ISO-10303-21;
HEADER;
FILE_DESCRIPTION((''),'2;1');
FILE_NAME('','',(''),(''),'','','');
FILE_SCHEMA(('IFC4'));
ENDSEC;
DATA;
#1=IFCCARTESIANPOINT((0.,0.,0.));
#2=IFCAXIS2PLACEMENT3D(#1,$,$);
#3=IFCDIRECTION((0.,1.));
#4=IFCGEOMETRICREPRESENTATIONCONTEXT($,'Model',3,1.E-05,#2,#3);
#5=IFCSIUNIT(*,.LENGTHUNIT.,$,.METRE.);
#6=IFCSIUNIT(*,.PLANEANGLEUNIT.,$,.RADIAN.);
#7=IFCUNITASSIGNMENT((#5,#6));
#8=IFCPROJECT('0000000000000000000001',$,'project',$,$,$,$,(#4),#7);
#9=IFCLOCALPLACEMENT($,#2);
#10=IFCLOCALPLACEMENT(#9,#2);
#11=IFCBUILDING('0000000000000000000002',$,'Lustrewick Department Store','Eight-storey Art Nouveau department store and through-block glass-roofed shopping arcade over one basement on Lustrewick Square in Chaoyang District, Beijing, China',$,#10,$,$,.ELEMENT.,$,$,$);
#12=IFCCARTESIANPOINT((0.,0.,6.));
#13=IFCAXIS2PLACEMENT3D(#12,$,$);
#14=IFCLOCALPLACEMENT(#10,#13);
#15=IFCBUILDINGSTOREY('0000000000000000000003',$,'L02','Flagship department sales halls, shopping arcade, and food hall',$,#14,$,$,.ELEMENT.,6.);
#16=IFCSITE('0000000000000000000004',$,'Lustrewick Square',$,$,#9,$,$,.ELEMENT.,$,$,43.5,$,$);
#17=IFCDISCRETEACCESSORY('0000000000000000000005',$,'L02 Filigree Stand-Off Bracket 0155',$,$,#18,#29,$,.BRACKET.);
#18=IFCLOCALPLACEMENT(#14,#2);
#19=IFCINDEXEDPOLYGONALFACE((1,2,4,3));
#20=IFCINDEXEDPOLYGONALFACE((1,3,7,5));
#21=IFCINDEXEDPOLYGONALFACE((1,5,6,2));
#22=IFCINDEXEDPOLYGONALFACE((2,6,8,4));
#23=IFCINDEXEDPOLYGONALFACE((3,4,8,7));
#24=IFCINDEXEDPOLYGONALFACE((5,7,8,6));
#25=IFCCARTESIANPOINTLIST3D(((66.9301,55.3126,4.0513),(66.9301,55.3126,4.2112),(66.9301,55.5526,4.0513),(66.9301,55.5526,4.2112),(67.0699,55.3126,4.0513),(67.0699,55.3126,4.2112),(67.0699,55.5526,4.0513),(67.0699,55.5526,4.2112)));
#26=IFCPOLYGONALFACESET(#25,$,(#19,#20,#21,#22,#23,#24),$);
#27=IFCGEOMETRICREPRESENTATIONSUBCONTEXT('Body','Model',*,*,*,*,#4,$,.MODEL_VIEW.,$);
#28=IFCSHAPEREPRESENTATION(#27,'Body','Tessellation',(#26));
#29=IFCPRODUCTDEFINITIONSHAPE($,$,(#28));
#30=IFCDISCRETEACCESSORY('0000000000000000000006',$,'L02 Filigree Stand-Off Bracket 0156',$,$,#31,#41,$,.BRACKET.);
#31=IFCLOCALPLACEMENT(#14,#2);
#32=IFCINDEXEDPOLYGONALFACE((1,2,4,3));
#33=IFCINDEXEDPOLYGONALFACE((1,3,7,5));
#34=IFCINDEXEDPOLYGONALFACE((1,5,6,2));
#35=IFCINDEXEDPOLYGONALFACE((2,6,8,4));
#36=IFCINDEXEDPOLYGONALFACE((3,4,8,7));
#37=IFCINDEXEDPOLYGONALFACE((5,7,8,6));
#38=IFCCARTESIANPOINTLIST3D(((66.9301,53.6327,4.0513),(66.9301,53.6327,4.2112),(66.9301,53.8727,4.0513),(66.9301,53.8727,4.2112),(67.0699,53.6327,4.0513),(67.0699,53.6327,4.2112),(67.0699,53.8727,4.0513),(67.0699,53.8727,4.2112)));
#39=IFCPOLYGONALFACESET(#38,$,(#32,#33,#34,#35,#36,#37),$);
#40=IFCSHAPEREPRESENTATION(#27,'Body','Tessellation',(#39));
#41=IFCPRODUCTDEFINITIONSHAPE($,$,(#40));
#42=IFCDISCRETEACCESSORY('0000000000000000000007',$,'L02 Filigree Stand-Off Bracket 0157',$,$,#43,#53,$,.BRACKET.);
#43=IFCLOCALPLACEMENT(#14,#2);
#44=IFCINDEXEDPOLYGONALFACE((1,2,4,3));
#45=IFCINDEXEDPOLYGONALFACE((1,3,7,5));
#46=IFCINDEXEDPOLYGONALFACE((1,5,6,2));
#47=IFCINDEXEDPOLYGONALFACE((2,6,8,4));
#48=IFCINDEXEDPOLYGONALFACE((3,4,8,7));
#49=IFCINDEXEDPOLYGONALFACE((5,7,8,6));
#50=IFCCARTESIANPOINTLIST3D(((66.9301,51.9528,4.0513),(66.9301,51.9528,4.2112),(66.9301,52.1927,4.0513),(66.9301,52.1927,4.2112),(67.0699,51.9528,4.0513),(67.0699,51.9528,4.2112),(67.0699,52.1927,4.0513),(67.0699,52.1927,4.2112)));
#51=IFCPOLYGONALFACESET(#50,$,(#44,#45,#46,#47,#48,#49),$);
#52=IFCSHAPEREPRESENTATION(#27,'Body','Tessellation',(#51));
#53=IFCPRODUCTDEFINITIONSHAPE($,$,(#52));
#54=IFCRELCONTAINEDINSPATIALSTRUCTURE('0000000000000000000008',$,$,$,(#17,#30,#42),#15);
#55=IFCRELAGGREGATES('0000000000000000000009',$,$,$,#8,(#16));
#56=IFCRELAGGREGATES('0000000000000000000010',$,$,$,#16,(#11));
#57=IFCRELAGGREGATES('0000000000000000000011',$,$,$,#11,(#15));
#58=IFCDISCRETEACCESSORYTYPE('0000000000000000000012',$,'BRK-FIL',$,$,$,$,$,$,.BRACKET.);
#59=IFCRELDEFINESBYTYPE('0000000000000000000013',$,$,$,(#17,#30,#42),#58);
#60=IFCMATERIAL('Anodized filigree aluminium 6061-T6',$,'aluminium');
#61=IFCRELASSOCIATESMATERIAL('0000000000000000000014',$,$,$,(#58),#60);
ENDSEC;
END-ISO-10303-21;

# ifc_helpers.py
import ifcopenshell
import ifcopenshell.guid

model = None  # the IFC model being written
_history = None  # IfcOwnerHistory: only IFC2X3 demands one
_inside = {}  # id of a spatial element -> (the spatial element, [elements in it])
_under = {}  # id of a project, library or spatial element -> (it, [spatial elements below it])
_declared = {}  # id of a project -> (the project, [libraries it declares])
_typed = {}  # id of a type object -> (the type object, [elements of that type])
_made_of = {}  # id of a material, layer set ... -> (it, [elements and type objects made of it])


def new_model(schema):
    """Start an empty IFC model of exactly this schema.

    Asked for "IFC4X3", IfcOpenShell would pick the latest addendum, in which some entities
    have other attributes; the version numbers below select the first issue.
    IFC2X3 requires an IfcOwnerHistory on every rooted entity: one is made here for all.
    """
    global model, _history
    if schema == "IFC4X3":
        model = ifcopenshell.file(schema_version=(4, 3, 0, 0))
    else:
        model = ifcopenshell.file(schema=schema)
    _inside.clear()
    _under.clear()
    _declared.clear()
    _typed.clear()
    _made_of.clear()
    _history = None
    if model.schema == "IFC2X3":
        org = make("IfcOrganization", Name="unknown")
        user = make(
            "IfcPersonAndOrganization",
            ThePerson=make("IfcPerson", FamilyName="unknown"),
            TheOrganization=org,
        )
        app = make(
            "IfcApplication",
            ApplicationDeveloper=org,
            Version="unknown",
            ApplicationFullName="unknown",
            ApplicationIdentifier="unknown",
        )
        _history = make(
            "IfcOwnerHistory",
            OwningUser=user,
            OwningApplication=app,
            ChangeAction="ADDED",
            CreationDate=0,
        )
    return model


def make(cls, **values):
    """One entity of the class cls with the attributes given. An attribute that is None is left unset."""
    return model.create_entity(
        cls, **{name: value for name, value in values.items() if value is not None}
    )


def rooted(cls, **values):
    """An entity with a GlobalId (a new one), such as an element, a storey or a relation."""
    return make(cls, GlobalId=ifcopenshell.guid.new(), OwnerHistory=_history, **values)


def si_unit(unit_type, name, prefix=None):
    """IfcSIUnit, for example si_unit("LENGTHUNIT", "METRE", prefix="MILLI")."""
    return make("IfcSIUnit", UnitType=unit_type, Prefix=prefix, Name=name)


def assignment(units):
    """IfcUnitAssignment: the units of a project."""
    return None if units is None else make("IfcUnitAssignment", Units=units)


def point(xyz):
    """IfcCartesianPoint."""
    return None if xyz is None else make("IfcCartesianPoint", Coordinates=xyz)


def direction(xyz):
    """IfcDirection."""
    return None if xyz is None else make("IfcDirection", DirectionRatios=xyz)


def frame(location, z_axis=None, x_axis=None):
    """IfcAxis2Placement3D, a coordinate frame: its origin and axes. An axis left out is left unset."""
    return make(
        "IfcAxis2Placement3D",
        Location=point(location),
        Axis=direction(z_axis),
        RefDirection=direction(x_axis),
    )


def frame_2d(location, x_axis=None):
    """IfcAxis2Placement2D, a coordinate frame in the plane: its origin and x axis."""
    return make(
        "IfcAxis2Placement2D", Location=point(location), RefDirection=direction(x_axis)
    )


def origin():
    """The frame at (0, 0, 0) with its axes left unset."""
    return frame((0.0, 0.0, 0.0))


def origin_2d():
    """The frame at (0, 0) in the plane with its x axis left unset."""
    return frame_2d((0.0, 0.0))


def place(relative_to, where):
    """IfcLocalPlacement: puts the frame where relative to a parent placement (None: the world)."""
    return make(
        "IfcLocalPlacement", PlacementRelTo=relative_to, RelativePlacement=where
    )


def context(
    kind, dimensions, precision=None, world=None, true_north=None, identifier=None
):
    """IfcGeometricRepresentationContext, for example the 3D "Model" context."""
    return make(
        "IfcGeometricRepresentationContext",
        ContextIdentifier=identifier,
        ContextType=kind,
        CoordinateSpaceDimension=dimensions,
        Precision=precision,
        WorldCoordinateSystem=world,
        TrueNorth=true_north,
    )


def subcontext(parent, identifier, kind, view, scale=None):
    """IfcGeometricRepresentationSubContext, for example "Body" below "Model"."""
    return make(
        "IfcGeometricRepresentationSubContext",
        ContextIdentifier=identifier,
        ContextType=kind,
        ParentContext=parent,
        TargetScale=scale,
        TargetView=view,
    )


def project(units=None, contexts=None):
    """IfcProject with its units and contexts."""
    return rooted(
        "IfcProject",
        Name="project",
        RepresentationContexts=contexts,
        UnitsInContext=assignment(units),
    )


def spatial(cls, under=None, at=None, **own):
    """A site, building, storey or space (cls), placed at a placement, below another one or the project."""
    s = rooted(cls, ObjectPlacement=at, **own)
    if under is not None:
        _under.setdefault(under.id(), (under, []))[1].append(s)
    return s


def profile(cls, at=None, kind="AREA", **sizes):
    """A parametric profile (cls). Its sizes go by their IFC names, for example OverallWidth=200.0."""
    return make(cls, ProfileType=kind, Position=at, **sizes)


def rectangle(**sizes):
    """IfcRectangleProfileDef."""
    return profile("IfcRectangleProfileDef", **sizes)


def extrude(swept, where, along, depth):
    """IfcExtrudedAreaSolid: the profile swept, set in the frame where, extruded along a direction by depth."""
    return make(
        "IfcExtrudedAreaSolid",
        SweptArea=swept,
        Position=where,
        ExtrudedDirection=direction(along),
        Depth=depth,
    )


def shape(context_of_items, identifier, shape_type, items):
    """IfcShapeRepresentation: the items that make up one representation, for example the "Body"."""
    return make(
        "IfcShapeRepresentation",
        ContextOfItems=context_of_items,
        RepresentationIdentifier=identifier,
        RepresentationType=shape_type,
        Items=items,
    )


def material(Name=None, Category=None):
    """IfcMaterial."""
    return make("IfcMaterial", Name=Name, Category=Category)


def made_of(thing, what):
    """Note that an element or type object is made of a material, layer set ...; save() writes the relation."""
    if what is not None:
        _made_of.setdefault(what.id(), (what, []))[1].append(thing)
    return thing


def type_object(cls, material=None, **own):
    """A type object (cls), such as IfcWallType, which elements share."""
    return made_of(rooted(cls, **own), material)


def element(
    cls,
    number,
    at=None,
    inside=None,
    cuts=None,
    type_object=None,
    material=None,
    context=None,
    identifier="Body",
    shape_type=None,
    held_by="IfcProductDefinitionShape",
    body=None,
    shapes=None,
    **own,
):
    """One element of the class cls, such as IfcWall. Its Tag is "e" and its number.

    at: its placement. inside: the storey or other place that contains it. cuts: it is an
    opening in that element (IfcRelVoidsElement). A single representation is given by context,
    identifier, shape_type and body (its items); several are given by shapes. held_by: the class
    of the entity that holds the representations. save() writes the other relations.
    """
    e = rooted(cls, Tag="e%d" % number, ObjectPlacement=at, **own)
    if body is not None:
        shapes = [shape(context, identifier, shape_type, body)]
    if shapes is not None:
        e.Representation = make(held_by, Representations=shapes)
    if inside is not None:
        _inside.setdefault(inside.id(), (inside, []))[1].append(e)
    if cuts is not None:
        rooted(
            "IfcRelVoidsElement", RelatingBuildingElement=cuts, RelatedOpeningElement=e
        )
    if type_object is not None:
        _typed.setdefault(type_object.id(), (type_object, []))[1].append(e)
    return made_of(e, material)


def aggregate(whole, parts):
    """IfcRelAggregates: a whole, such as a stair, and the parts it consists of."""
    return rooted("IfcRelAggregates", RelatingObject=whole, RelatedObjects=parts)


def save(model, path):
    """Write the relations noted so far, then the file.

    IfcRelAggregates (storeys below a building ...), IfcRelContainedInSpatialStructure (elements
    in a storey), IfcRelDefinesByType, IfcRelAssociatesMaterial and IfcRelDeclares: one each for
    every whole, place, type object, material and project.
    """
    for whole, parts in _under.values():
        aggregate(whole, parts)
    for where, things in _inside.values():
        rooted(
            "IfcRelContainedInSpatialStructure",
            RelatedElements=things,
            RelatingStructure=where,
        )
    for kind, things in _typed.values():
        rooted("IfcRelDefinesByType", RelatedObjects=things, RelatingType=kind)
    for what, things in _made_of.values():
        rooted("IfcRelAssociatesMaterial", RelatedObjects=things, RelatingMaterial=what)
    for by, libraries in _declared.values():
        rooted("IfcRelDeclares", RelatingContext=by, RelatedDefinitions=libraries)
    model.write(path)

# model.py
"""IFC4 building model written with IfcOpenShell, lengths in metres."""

from ifc_helpers import new_model, si_unit, direction, frame, origin, origin_2d, place, context, subcontext, project, spatial, rectangle, extrude, material, type_object, element, save


model = new_model("IFC4")

# Units and contexts
model_context = context("Model", 3, precision=1e-05, world=origin(), true_north=direction((0.0, 1.0)))
body_context = subcontext(model_context, "Body", "Model", "MODEL_VIEW")
ifc_project = project(units=[si_unit("LENGTHUNIT", "METRE"), si_unit("PLANEANGLEUNIT", "RADIAN")], contexts=[model_context])

# Site, building, storey
site_placement = place(None, origin())
site = spatial("IfcSite", under=ifc_project, at=site_placement, Name="Lustrewick Square", CompositionType="ELEMENT", RefElevation=43.5)
building_placement = place(site_placement, origin())
building = spatial("IfcBuilding", under=site, at=building_placement, Name="Lustrewick Department Store", Description="Eight-storey Art Nouveau department store and through-block glass-roofed shopping arcade over one basement on Lustrewick Square in Chaoyang District, Beijing, China", CompositionType="ELEMENT")
storey_placement = place(building_placement, frame((0.0, 0.0, 6.0)))
storey = spatial("IfcBuildingStorey", under=building, at=storey_placement, Name="L02", Description="Flagship department sales halls, shopping arcade, and food hall", CompositionType="ELEMENT", Elevation=6.0)

# Discrete accessories
ifc_material_1 = material(Name="Anodized filigree aluminium 6061-T6", Category="aluminium")
discrete_accessory_type = type_object("IfcDiscreteAccessoryType", Name="BRK-FIL", PredefinedType="BRACKET", material=ifc_material_1)
for number, where, z_axis, x_axis, name in (
    (1, (67.0, 55.4326, 4.0513), (0.0, 0.0, 1.0), (0.0, -1.0, 0.0), "L02 Filigree Stand-Off Bracket 0155"),
    (2, (67.0, 53.7527, 4.0513), (0.0, 0.0, 1.0), (0.0, -1.0, 0.0), "L02 Filigree Stand-Off Bracket 0156"),
    (3, (67.0, 52.0728, 4.0513), (0.0, 0.0, 1.0), (0.0, -1.0, 0.0), "L02 Filigree Stand-Off Bracket 0157"),
):
    element("IfcDiscreteAccessory", number, at=place(storey_placement, frame(where, z_axis=z_axis, x_axis=x_axis)), inside=storey, type_object=discrete_accessory_type, Name=name, PredefinedType="BRACKET", context=body_context, shape_type="SweptSolid", body=[
        extrude(rectangle(XDim=0.24, YDim=0.1399, at=origin_2d()), origin(), (0.0, 0.0, 1.0), 0.1599),
    ])

save(model, "model.ifc")
